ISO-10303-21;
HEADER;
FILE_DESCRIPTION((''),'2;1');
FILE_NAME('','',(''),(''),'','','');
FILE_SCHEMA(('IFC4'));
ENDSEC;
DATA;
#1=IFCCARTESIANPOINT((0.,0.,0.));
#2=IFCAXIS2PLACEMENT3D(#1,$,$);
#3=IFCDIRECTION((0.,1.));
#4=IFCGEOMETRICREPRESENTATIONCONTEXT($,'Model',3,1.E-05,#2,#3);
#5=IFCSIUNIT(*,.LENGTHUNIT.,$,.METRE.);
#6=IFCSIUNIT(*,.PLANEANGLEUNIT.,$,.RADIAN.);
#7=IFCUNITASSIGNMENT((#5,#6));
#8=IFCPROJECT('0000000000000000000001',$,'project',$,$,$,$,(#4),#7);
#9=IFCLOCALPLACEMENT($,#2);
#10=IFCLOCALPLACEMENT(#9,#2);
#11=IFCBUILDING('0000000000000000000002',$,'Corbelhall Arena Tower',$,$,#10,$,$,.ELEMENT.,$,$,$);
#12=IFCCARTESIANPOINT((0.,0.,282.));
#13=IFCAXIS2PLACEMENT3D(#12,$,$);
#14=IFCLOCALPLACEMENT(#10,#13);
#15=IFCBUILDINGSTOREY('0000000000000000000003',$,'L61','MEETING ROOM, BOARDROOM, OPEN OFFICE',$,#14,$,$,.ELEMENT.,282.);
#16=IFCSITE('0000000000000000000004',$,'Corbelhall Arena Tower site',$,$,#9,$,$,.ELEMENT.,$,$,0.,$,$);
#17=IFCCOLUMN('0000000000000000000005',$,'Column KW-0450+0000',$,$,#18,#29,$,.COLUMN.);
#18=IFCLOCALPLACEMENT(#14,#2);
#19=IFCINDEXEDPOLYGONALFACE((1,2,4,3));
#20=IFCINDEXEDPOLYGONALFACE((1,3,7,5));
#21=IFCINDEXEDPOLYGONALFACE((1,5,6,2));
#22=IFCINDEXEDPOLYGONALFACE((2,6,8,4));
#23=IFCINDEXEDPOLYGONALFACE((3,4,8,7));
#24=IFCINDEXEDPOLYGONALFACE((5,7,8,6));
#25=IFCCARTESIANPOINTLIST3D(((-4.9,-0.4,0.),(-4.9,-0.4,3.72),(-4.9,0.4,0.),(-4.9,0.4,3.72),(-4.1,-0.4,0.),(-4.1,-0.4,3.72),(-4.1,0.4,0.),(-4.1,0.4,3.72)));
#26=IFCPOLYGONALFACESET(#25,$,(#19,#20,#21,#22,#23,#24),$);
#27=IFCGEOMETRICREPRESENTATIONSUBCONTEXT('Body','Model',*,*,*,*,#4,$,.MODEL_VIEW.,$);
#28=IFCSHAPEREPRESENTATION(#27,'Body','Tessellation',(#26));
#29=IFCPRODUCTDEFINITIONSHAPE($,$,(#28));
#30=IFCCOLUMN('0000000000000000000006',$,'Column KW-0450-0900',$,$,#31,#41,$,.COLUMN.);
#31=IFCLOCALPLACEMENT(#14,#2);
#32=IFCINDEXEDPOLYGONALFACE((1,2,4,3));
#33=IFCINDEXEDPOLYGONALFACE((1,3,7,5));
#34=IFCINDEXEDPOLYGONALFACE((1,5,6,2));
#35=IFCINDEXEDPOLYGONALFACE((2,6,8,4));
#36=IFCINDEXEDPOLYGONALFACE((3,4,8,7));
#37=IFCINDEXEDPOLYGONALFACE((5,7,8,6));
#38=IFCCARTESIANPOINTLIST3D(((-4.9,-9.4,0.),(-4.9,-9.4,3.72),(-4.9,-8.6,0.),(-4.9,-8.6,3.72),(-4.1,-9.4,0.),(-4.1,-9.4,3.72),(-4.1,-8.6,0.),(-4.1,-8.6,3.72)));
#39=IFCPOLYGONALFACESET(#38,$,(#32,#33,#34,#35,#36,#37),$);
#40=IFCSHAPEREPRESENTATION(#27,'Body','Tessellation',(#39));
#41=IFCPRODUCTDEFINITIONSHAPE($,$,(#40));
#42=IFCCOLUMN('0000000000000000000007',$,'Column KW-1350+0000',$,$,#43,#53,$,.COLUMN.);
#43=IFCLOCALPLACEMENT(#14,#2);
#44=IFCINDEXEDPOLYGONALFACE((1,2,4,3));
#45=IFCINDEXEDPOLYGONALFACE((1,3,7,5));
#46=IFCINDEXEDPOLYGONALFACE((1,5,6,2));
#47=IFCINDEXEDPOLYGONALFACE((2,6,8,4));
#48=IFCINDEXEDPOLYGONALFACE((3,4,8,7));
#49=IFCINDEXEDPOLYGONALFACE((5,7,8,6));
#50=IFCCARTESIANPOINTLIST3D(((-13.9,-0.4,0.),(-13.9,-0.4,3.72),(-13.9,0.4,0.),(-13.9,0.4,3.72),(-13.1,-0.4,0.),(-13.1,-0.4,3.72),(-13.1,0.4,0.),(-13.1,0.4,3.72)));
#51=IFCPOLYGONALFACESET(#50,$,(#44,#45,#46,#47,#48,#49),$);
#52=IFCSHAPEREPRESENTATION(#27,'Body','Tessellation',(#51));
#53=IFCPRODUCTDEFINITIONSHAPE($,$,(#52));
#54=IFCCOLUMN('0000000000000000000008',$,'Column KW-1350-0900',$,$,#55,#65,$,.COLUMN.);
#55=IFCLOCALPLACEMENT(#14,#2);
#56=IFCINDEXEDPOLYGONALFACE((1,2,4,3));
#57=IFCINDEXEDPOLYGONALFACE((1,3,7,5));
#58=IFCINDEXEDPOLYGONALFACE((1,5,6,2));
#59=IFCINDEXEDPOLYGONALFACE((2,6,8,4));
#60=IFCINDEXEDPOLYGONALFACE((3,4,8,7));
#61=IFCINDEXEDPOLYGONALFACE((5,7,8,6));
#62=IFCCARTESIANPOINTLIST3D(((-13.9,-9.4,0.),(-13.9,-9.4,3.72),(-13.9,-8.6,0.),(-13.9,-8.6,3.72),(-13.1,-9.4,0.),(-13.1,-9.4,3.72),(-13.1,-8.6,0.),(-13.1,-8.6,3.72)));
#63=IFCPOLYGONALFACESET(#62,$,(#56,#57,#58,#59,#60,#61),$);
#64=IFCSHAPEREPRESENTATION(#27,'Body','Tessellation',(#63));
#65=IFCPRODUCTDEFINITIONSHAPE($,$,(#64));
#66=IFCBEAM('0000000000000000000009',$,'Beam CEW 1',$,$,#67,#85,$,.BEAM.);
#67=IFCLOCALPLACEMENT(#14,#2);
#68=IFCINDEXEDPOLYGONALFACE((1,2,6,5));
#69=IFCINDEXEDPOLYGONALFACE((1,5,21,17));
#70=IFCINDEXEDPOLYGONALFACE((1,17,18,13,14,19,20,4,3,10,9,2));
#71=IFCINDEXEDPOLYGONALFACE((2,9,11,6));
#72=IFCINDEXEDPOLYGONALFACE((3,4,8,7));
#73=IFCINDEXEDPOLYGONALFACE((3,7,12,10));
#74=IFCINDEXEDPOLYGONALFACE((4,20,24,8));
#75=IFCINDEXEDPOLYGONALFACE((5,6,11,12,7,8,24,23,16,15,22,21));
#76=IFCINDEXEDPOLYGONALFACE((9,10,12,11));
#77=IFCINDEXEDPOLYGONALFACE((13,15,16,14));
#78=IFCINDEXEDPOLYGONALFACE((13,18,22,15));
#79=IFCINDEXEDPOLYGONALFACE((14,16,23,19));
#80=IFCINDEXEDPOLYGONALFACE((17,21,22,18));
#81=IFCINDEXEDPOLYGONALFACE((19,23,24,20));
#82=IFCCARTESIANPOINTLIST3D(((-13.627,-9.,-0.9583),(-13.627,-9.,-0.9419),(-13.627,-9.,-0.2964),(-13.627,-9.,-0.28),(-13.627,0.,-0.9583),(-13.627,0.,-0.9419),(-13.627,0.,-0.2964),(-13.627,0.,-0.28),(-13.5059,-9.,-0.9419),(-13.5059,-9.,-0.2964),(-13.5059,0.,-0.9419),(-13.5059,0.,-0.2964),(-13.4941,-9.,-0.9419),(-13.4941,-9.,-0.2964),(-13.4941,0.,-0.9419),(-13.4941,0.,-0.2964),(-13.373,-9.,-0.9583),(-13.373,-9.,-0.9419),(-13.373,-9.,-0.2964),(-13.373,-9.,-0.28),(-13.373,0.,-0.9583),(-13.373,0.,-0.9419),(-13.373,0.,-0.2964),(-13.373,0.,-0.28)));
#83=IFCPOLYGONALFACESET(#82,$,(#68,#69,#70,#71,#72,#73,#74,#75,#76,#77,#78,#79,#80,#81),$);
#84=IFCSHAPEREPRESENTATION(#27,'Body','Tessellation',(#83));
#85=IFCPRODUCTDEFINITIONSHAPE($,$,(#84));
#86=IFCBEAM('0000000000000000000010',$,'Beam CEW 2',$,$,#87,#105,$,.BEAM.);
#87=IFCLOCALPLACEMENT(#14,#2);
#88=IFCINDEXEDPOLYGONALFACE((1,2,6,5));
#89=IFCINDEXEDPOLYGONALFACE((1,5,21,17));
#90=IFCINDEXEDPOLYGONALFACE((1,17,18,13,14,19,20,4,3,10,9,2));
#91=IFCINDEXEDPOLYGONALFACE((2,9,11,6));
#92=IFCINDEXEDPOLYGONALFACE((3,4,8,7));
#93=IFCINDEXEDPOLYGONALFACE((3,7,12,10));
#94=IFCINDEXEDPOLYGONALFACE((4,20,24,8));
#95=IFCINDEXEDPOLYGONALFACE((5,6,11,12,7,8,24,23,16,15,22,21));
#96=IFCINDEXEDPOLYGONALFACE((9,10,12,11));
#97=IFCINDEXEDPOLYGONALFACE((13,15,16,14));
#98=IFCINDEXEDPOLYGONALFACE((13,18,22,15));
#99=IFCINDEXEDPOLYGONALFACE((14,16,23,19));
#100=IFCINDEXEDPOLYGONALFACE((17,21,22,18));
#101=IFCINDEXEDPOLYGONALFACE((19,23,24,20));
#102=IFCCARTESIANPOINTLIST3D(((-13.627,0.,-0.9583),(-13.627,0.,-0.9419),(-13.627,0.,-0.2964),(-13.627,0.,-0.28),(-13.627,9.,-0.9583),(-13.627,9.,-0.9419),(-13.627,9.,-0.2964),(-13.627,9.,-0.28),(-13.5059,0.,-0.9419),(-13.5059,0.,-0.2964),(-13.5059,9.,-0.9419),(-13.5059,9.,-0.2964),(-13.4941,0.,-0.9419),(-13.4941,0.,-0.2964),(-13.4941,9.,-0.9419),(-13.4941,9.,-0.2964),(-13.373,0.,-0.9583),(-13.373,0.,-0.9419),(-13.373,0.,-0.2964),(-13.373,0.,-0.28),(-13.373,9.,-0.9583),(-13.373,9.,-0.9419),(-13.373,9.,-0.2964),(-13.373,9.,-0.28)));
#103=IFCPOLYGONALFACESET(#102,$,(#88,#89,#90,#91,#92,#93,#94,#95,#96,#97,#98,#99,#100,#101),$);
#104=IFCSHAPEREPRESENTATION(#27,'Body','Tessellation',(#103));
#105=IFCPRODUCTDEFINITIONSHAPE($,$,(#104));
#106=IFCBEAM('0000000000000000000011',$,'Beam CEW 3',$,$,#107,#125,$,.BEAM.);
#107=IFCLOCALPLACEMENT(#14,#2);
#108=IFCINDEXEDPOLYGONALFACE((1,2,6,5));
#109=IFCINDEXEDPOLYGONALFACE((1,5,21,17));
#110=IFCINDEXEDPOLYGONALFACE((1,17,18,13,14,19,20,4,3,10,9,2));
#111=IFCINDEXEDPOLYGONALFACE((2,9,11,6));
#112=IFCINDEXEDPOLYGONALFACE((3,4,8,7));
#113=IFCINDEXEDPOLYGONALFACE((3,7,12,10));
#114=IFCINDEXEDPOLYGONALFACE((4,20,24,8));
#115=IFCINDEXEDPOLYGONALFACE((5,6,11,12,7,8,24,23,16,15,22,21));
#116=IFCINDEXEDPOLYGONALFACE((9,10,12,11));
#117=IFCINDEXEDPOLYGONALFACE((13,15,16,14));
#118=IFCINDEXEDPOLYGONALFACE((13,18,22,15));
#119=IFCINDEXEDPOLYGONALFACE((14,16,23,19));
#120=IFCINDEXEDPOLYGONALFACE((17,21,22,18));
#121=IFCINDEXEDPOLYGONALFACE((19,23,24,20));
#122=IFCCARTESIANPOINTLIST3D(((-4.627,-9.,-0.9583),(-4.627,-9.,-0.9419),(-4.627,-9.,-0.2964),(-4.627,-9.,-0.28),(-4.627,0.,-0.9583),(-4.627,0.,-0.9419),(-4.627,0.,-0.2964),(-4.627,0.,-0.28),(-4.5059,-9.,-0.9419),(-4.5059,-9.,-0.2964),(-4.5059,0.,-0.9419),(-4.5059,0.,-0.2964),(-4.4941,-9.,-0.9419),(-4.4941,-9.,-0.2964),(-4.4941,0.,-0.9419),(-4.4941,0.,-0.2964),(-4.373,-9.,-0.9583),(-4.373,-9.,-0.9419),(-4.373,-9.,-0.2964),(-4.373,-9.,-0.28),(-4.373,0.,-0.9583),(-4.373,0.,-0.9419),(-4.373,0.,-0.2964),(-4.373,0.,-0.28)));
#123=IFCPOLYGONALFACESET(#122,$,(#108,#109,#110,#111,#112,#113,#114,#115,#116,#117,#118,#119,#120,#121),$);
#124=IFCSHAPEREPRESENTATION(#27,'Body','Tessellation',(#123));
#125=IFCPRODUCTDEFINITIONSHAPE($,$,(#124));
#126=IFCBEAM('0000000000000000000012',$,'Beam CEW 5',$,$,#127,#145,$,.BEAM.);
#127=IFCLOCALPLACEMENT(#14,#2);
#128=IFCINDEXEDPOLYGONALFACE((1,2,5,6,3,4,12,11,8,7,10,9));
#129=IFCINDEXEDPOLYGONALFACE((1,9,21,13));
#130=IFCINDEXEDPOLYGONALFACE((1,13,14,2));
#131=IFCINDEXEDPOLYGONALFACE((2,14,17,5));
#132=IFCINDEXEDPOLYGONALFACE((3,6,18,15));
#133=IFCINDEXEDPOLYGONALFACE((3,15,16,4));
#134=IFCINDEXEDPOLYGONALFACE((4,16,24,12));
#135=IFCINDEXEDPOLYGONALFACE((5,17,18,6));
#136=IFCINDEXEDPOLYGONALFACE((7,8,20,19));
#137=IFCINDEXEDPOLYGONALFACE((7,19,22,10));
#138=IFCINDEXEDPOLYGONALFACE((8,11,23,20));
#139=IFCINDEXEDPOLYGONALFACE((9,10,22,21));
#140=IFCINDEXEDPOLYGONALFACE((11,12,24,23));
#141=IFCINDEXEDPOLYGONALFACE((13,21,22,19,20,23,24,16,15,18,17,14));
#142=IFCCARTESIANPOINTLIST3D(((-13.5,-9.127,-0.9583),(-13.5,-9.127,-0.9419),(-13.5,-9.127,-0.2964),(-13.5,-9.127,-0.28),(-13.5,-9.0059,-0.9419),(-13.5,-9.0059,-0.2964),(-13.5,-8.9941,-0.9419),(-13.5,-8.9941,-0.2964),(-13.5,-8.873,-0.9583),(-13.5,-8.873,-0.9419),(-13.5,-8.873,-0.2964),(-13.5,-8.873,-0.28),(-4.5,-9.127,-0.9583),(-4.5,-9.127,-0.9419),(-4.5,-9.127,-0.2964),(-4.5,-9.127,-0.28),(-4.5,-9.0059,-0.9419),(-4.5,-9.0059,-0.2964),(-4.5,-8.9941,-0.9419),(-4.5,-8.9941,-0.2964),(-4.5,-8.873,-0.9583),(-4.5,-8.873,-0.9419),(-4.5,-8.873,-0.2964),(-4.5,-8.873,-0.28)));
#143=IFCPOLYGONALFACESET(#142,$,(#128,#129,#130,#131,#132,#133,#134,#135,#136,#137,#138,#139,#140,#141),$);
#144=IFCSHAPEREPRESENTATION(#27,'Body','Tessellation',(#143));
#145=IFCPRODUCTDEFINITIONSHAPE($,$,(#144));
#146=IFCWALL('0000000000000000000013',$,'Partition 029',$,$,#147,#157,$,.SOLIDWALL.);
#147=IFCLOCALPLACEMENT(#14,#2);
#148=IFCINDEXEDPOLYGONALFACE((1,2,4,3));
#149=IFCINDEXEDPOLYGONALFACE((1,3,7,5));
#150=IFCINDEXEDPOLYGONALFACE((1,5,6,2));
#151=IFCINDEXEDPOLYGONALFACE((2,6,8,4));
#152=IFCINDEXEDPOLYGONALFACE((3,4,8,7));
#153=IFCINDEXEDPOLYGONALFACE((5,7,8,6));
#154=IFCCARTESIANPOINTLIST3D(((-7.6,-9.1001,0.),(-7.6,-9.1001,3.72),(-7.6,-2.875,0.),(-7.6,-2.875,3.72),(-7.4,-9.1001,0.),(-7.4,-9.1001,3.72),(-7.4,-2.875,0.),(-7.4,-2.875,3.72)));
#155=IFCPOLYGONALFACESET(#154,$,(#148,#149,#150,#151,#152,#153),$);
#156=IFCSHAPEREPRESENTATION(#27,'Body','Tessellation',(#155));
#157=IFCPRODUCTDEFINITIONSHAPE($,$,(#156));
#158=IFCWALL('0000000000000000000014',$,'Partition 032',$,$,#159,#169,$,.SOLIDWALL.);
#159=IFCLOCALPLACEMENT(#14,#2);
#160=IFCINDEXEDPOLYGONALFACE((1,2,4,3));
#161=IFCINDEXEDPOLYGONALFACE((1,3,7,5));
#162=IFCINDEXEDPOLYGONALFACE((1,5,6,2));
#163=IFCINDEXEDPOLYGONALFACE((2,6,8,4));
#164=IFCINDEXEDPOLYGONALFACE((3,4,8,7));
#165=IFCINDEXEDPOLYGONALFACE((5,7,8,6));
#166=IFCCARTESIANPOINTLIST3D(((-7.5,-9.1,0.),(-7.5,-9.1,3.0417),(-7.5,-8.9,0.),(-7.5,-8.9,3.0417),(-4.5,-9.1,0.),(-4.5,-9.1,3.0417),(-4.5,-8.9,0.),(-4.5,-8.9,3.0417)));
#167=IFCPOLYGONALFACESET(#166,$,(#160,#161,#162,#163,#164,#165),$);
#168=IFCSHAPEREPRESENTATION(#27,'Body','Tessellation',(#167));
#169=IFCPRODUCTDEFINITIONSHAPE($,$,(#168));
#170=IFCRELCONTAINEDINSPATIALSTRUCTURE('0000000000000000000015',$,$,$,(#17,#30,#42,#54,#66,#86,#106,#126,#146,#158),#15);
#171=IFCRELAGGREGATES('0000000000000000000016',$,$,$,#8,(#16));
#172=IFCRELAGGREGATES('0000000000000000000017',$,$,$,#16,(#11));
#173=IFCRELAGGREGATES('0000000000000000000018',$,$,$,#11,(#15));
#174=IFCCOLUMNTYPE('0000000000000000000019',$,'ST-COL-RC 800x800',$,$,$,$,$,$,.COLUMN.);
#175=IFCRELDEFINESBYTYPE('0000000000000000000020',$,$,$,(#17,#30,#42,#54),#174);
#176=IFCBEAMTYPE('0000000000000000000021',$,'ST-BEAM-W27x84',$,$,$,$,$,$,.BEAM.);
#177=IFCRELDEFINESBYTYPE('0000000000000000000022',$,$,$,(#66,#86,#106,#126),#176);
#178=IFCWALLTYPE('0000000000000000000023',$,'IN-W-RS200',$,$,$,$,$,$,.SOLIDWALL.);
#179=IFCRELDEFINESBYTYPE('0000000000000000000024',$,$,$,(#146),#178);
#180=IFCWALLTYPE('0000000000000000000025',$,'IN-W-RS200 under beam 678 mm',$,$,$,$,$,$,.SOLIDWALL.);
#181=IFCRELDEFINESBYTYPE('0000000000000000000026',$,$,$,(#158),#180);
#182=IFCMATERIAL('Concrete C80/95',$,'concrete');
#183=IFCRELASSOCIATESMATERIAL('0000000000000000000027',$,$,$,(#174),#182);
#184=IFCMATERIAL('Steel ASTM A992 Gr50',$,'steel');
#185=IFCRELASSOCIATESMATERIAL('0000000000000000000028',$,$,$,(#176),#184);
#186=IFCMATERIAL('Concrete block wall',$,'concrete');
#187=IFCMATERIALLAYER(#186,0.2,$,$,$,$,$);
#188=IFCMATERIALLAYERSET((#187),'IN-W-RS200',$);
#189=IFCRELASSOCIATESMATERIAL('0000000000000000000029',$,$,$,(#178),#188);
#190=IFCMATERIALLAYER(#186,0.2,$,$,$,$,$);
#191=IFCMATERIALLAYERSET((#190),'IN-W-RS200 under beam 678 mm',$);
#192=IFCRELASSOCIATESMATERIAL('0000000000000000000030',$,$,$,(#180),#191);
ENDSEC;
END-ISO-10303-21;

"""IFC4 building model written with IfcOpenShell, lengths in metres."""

from ifc_helpers import new_model, si_unit, direction, frame, frame_2d, origin, origin_2d, place, context, subcontext, project, spatial, rectangle, i_section, extrude, material, layer, layer_set, material_profile, profile_set, type_object, element, save


model = new_model("IFC4")

# Units and contexts
model_context = context("Model", 3, precision=1e-05, world=origin(), true_north=direction((0.0, 1.0)))
body_context = subcontext(model_context, "Body", "Model", "MODEL_VIEW")
ifc_project = project(units=[si_unit("LENGTHUNIT", "METRE"), si_unit("PLANEANGLEUNIT", "RADIAN")], contexts=[model_context])

# Site, building, storey
site_placement = place(None, origin())
site = spatial("IfcSite", under=ifc_project, at=site_placement, Name="Corbelhall Arena Tower site", CompositionType="ELEMENT", RefElevation=0.0)
building_placement = place(site_placement, origin())
building = spatial("IfcBuilding", under=site, at=building_placement, Name="Corbelhall Arena Tower", CompositionType="ELEMENT")
storey_placement = place(building_placement, frame((0.0, 0.0, 282.0)))
storey = spatial("IfcBuildingStorey", under=building, at=storey_placement, Name="L61", Description="MEETING ROOM, BOARDROOM, OPEN OFFICE", CompositionType="ELEMENT", Elevation=282.0)

# Columns
ifc_material_1 = material(Name="Concrete C80/95", Category="concrete")
ifc_material_profile_1 = material_profile(ifc_material_1, rectangle(XDim=0.8, YDim=0.8, at=origin_2d()))
ifc_profile_set_1 = profile_set([ifc_material_profile_1], Name="Concrete C80/95")
column_type = type_object("IfcColumnType", Name="ST-COL-RC 800x800", PredefinedType="COLUMN", material=ifc_profile_set_1)
for number, where, z_axis, x_axis, name in (
    (1, (-4.5, 0.0, 0.0), (0.0, 0.0, 1.0), (1.0, 0.0, 0.0), "Column KW-0450+0000"),
    (2, (-4.5, -9.0, 0.0), (0.0, 0.0, 1.0), (1.0, 0.0, 0.0), "Column KW-0450-0900"),
    (3, (-13.5, 0.0, 0.0), (0.0, 0.0, 1.0), (1.0, 0.0, 0.0), "Column KW-1350+0000"),
    (4, (-13.5, -9.0, 0.0), (0.0, 0.0, 1.0), (1.0, 0.0, 0.0), "Column KW-1350-0900"),
):
    element("IfcColumn", number, at=place(storey_placement, frame(where, z_axis=z_axis, x_axis=x_axis)), inside=storey, type_object=column_type, Name=name, PredefinedType="COLUMN", context=body_context, shape_type="SweptSolid", body=[
        extrude(rectangle(XDim=0.8, YDim=0.8, at=origin_2d()), origin(), (0.0, 0.0, 1.0), 3.72),
    ])

# Beams
ifc_material_2 = material(Name="Steel ASTM A992 Gr50", Category="steel")
ifc_material_profile_2 = material_profile(ifc_material_2, i_section(OverallWidth=0.2539, OverallDepth=0.6782, WebThickness=0.0117, FlangeThickness=0.0164, at=origin_2d()))
ifc_profile_set_2 = profile_set([ifc_material_profile_2], Name="Steel ASTM A992 Gr50")
beam_type = type_object("IfcBeamType", Name="ST-BEAM-W27x84", PredefinedType="BEAM", material=ifc_profile_set_2)
for number, where, z_axis, x_axis, name in (
    (5, (-13.5, -9.0, -0.6191), (0.0, 1.0, 0.0), (-1.0, 0.0, 0.0), "Beam CEW 1"),
    (6, (-13.5, 0.0, -0.6191), (0.0, 1.0, 0.0), (-1.0, 0.0, 0.0), "Beam CEW 2"),
    (7, (-4.5, -9.0, -0.6191), (0.0, 1.0, 0.0), (-1.0, 0.0, 0.0), "Beam CEW 3"),
    (8, (-13.5, -9.0, -0.6191), (1.0, 0.0, 0.0), (0.0, 1.0, 0.0), "Beam CEW 5"),
):
    element("IfcBeam", number, at=place(storey_placement, frame(where, z_axis=z_axis, x_axis=x_axis)), inside=storey, type_object=beam_type, Name=name, PredefinedType="BEAM", context=body_context, shape_type="SweptSolid", body=[
        extrude(i_section(OverallWidth=0.2539, OverallDepth=0.6782, WebThickness=0.0117, FlangeThickness=0.0164, at=origin_2d()), origin(), (0.0, 0.0, 1.0), 9.0),
    ])

# Walls
ifc_material_3 = material(Name="Concrete block wall", Category="concrete")
ifc_layer_1 = layer(ifc_material_3, 0.2)
ifc_layer_set_1 = layer_set([ifc_layer_1], Name="IN-W-RS200")
wall_type_1 = type_object("IfcWallType", Name="IN-W-RS200", PredefinedType="SOLIDWALL", material=ifc_layer_set_1)
wall_1_placement = place(storey_placement, frame((-7.5, -9.1001, 0.0), z_axis=(0.0, 0.0, 1.0), x_axis=(0.0, 1.0, 0.0)))
element("IfcWall", 9, at=wall_1_placement, inside=storey, type_object=wall_type_1, Name="Partition 029", PredefinedType="SOLIDWALL", context=body_context, shape_type="SweptSolid", body=[
    extrude(rectangle(XDim=6.2251, YDim=0.2, at=frame_2d((3.1125, 0.0))), origin(), (0.0, 0.0, 1.0), 3.72),
])
ifc_layer_2 = layer(ifc_material_3, 0.2)
ifc_layer_set_2 = layer_set([ifc_layer_2], Name="IN-W-RS200 under beam 678 mm")
wall_type_2 = type_object("IfcWallType", Name="IN-W-RS200 under beam 678 mm", PredefinedType="SOLIDWALL", material=ifc_layer_set_2)
wall_2_placement = place(storey_placement, frame((-4.5, -9.0, 0.0), z_axis=(0.0, 0.0, 1.0), x_axis=(-1.0, 0.0, 0.0)))
element("IfcWall", 10, at=wall_2_placement, inside=storey, type_object=wall_type_2, Name="Partition 032", PredefinedType="SOLIDWALL", context=body_context, shape_type="SweptSolid", body=[
    extrude(rectangle(XDim=3.0, YDim=0.2, at=frame_2d((1.5, 0.0))), origin(), (0.0, 0.0, 1.0), 3.0417),
])

save(model, "model.ifc")
